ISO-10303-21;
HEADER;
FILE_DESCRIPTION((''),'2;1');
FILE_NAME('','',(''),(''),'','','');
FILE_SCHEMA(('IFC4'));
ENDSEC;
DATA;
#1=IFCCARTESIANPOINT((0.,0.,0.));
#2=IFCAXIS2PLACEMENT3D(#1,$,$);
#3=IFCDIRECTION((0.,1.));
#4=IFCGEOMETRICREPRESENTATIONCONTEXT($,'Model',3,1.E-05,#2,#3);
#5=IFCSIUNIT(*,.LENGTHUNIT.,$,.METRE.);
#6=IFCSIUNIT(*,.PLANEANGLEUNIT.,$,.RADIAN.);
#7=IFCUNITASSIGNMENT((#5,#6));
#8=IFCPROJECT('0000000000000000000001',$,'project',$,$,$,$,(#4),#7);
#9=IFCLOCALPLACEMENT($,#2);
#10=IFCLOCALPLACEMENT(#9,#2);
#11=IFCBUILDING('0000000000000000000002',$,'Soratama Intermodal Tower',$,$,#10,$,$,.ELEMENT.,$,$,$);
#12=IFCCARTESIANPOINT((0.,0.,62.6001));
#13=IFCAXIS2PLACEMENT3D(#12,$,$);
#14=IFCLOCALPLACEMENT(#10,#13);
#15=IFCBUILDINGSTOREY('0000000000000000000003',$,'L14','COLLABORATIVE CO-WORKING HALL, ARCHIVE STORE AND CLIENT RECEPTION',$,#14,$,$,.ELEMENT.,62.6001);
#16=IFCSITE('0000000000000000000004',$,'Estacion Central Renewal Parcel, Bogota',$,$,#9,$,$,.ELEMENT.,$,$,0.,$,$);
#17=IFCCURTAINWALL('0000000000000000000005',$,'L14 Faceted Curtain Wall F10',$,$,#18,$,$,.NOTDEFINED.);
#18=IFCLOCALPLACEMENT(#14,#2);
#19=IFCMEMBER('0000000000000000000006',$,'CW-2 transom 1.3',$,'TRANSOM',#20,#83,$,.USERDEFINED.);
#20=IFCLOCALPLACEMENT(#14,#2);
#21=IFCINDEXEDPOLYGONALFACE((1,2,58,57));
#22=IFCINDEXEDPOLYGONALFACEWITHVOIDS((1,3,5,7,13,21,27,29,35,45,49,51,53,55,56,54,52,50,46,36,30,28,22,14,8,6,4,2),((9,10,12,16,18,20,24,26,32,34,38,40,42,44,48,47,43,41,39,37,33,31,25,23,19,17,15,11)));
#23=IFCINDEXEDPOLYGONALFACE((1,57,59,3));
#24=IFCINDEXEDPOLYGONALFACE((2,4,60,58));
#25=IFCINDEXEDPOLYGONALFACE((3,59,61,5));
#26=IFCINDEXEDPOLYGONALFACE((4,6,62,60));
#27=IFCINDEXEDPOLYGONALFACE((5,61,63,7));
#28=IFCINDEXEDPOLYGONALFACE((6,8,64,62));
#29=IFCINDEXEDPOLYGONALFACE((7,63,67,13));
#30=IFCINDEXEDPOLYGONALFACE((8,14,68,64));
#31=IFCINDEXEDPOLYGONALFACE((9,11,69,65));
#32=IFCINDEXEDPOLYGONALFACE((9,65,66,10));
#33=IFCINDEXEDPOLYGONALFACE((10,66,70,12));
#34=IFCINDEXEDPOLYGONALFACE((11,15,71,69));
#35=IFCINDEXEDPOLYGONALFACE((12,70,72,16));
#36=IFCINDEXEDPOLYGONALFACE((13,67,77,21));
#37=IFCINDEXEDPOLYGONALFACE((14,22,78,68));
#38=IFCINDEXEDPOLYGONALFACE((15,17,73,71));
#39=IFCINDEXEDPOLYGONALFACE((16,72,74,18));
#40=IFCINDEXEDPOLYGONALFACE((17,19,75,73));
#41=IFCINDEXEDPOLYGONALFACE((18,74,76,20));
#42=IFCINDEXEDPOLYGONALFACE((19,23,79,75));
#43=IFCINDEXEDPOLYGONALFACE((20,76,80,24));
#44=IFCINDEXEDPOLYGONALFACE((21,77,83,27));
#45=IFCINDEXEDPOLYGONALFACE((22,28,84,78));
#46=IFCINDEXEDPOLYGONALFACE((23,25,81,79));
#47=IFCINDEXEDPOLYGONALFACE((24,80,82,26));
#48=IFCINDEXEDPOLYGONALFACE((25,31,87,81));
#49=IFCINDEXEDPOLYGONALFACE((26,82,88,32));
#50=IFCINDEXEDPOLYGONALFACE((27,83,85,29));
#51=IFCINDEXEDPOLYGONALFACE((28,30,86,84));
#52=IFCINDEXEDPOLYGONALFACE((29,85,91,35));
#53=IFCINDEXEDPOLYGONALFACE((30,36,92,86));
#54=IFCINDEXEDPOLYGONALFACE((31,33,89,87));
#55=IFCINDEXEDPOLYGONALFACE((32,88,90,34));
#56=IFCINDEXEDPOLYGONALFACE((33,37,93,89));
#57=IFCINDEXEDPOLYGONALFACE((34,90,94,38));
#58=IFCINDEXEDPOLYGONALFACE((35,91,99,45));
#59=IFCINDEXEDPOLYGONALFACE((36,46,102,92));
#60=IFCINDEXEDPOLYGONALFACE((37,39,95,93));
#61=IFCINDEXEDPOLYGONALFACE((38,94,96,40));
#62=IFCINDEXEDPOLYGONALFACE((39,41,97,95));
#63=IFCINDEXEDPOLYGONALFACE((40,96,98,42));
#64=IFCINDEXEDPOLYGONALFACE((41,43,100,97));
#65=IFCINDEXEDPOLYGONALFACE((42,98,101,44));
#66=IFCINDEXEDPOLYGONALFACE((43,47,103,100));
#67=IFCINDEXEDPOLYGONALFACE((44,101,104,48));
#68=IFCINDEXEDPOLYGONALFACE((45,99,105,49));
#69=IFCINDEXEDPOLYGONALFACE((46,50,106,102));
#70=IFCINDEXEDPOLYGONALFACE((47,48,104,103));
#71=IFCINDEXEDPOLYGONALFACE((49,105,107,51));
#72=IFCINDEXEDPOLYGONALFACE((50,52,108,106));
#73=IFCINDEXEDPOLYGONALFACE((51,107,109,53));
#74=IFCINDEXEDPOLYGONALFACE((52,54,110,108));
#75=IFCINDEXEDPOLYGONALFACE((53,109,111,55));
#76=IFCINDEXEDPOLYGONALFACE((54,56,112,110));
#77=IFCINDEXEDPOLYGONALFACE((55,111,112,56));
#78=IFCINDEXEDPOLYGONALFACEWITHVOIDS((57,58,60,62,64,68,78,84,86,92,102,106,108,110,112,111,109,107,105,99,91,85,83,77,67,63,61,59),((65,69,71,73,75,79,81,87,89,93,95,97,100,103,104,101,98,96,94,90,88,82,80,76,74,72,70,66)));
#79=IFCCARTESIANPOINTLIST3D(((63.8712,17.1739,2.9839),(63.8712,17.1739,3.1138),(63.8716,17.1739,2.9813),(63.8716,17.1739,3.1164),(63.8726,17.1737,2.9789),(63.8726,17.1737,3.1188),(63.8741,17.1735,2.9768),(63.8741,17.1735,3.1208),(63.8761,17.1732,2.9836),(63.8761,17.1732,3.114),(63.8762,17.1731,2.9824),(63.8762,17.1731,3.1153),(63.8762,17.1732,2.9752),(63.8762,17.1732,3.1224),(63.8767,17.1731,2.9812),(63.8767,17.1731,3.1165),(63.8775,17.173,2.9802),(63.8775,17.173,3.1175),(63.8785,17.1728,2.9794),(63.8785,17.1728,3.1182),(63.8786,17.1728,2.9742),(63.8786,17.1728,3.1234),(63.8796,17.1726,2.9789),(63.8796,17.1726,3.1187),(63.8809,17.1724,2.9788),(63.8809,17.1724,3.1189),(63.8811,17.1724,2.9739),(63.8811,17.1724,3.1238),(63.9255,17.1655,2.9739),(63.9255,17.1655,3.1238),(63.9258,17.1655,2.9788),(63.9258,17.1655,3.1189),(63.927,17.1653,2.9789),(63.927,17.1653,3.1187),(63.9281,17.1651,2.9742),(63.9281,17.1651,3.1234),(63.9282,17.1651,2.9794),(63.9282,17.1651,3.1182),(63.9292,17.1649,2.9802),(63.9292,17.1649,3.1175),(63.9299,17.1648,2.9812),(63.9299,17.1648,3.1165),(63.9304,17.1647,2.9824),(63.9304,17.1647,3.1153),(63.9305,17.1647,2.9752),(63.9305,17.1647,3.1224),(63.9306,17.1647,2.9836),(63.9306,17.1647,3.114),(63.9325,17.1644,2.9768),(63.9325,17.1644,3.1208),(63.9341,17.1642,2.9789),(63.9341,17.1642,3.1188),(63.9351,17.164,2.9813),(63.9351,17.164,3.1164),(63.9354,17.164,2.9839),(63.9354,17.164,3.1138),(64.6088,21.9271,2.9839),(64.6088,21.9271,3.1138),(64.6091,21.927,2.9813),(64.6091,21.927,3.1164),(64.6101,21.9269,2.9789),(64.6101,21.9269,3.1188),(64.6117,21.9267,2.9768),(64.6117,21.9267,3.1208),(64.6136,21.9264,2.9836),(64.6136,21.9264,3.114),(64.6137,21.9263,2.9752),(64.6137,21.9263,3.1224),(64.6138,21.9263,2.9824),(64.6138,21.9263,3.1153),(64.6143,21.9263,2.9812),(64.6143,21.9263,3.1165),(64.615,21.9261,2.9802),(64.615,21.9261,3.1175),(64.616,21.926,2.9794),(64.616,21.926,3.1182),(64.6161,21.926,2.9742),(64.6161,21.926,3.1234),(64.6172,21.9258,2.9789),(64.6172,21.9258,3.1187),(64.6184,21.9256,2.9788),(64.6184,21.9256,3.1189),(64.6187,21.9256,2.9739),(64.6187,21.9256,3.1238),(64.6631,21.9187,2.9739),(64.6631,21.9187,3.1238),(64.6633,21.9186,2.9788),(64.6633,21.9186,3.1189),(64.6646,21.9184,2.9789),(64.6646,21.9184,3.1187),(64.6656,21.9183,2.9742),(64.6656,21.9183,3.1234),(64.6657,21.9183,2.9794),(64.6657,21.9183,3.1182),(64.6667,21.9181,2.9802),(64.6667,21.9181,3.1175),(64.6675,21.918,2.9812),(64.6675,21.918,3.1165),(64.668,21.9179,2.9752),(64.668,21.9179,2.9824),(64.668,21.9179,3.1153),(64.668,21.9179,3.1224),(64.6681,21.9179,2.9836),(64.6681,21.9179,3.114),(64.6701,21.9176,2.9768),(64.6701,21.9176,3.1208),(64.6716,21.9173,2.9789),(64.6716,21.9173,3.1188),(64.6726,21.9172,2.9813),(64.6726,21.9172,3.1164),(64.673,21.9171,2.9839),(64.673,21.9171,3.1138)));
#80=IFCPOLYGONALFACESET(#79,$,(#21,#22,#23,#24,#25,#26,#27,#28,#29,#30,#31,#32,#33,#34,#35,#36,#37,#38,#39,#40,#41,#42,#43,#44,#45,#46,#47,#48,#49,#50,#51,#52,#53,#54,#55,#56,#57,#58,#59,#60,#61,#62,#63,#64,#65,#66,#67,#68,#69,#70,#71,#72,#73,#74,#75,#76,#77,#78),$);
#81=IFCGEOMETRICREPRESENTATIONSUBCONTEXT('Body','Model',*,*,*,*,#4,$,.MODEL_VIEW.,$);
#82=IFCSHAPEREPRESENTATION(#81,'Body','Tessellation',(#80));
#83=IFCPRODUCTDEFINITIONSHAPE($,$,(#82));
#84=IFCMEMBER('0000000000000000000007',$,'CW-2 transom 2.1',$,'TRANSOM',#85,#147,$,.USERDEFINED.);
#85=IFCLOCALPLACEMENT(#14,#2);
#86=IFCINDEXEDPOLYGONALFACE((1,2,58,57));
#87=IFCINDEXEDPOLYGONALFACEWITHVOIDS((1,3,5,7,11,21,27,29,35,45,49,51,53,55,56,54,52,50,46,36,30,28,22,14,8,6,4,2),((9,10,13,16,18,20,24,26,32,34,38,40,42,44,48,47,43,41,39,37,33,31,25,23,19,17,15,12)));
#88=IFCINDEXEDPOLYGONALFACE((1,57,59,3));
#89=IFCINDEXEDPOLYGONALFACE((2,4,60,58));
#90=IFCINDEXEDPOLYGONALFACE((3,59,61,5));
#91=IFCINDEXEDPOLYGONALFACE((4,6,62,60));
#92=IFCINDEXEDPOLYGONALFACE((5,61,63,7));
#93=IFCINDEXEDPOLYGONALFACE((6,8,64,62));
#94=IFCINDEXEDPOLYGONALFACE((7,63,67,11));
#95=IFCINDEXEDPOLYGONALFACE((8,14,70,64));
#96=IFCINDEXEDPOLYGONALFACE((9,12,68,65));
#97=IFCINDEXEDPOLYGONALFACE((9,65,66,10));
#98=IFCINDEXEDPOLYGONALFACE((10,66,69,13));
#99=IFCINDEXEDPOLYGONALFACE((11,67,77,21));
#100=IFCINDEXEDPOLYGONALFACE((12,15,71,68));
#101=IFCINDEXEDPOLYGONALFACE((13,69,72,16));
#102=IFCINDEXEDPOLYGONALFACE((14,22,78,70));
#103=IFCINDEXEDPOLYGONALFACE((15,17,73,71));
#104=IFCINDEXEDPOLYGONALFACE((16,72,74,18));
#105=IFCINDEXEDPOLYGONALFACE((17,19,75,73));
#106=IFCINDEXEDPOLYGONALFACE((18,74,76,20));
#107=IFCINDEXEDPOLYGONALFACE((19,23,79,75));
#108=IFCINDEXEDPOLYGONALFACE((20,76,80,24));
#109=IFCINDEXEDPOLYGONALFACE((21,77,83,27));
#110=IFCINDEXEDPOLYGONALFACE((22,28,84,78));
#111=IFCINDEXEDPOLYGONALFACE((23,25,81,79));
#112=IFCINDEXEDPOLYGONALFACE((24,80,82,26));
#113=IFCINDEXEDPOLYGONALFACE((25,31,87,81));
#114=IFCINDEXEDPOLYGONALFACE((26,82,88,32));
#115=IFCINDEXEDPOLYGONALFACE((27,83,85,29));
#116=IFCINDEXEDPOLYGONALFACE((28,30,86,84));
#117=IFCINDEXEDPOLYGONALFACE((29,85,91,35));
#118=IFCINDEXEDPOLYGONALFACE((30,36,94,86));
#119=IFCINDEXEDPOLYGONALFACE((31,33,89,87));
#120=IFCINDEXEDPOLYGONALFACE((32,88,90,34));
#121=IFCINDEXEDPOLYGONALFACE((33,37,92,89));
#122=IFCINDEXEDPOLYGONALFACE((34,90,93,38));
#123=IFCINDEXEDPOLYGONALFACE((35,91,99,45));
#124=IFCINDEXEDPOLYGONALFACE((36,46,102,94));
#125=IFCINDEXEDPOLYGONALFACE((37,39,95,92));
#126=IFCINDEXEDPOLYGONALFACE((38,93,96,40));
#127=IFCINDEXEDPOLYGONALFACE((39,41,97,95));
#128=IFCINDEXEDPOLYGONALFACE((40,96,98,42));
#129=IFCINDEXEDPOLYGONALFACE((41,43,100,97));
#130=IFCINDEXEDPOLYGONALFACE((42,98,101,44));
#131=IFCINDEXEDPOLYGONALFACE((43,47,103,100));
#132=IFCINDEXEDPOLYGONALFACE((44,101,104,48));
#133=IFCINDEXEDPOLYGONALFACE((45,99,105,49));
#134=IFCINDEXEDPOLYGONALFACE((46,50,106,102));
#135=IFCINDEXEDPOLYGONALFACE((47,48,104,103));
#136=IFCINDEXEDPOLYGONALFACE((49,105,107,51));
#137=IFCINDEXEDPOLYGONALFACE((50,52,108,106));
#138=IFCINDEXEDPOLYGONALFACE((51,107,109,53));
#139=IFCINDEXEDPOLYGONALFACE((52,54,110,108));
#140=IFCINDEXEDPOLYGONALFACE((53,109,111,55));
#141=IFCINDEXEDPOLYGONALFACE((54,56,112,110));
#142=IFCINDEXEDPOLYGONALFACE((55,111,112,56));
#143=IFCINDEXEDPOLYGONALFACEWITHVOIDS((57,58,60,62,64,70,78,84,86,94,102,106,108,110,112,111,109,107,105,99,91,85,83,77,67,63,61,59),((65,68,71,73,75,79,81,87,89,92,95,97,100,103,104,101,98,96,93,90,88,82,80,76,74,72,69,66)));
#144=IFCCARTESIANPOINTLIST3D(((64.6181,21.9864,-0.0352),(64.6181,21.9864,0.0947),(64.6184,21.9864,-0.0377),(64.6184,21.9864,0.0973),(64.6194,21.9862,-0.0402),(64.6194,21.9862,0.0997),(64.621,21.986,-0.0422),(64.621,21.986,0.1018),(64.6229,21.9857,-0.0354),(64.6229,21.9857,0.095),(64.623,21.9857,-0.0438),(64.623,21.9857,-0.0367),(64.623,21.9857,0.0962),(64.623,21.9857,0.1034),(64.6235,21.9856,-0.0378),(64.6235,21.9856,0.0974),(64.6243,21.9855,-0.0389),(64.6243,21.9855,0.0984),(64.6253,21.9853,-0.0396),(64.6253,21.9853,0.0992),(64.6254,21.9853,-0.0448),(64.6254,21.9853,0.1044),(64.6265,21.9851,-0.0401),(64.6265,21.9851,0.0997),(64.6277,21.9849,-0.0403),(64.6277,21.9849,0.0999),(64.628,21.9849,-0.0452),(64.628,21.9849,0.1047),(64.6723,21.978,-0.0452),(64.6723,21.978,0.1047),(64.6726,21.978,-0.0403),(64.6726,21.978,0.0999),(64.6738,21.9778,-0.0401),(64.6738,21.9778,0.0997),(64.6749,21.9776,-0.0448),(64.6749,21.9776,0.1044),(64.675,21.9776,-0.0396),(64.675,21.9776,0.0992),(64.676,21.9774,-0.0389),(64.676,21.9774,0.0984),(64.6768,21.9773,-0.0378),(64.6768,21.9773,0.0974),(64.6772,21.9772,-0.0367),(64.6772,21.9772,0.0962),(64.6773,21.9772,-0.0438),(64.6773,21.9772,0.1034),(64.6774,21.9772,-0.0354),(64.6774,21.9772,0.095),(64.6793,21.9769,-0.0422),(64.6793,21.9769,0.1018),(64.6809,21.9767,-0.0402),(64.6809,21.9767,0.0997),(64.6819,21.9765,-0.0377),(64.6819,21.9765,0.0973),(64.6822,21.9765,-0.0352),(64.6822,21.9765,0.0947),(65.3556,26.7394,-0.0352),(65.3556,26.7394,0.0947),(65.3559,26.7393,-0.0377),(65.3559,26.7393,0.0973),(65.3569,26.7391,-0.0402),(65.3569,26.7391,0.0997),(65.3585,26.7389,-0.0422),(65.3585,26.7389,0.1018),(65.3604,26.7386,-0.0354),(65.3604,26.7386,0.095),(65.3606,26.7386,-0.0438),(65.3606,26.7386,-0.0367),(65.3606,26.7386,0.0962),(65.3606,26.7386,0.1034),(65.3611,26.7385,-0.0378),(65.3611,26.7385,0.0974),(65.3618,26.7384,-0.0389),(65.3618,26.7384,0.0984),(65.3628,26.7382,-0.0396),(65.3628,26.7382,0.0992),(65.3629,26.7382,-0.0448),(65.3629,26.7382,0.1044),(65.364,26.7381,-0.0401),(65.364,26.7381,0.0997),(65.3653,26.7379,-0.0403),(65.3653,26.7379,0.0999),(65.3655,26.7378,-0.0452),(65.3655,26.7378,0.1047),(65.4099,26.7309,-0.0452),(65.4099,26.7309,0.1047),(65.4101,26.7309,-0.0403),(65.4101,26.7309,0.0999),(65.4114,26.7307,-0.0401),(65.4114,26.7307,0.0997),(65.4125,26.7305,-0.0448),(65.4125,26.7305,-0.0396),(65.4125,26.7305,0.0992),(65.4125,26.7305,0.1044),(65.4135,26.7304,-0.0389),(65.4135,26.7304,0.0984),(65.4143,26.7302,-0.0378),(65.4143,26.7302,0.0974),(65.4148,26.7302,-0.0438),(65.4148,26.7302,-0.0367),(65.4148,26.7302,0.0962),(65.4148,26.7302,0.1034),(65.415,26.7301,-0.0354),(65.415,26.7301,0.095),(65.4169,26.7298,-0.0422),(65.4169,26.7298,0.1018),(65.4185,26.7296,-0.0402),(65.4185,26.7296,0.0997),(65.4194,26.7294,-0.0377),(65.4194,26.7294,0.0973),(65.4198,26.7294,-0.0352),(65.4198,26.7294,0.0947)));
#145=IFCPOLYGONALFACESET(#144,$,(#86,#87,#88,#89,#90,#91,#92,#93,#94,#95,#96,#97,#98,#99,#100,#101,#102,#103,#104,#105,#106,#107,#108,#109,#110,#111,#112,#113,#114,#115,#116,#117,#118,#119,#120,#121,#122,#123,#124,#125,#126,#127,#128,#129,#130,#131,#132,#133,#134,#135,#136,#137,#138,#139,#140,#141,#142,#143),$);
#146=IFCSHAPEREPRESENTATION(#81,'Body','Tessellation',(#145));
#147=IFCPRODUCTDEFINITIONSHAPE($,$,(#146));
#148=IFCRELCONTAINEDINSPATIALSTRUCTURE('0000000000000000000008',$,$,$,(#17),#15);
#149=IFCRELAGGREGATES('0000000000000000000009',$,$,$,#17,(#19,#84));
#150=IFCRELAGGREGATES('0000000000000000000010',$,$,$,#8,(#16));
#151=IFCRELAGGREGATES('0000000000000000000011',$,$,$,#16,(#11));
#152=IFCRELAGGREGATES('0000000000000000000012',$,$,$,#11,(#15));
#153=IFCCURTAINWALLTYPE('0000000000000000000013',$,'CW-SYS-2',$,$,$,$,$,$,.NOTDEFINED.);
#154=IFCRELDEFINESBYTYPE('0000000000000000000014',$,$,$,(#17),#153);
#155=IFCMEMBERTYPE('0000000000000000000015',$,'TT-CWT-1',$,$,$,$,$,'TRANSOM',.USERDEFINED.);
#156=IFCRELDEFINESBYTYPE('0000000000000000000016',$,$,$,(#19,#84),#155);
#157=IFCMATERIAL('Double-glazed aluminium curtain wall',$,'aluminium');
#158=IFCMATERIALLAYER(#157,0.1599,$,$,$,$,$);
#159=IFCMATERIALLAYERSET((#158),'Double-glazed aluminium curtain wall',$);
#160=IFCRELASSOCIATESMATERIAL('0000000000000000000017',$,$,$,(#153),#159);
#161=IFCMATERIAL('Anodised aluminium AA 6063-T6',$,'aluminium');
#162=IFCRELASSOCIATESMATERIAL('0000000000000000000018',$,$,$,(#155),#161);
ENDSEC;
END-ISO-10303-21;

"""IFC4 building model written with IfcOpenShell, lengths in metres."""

from ifc_helpers import new_model, si_unit, direction, frame, origin, origin_2d, place, context, subcontext, project, spatial, hollow_rectangle, extrude, material, layer, layer_set, material_profile, profile_set, type_object, element, aggregate, save


model = new_model("IFC4")

# Units and contexts
model_context = context("Model", 3, precision=1e-05, world=origin(), true_north=direction((0.0, 1.0)))
body_context = subcontext(model_context, "Body", "Model", "MODEL_VIEW")
ifc_project = project(units=[si_unit("LENGTHUNIT", "METRE"), si_unit("PLANEANGLEUNIT", "RADIAN")], contexts=[model_context])

# Site, building, storey
site_placement = place(None, origin())
site = spatial("IfcSite", under=ifc_project, at=site_placement, Name="Estacion Central Renewal Parcel, Bogota", CompositionType="ELEMENT", RefElevation=0.0)
building_placement = place(site_placement, origin())
building = spatial("IfcBuilding", under=site, at=building_placement, Name="Soratama Intermodal Tower", CompositionType="ELEMENT")
storey_placement = place(building_placement, frame((0.0, 0.0, 62.6001)))
storey = spatial("IfcBuildingStorey", under=building, at=storey_placement, Name="L14", Description="COLLABORATIVE CO-WORKING HALL, ARCHIVE STORE AND CLIENT RECEPTION", CompositionType="ELEMENT", Elevation=62.6001)

# Shared definitions
ifc_material_1 = material(Name="Double-glazed aluminium curtain wall", Category="aluminium")
ifc_layer_1 = layer(ifc_material_1, 0.1599)
ifc_layer_set_1 = layer_set([ifc_layer_1], Name="Double-glazed aluminium curtain wall")
curtain_wall_type = type_object("IfcCurtainWallType", Name="CW-SYS-2", PredefinedType="NOTDEFINED", material=ifc_layer_set_1)

# Curtain wall, members
curtain_wall_1_placement = place(storey_placement, origin())
curtain_wall_1 = element("IfcCurtainWall", 1, at=curtain_wall_1_placement, inside=storey, type_object=curtain_wall_type, Name="L14 Faceted Curtain Wall F10", PredefinedType="NOTDEFINED")
ifc_material_2 = material(Name="Anodised aluminium AA 6063-T6", Category="aluminium")
ifc_material_profile_1 = material_profile(ifc_material_2, hollow_rectangle(XDim=0.0649, YDim=0.1499, WallThickness=0.0049, InnerFilletRadius=0.0049, OuterFilletRadius=0.01, at=origin_2d()), Name="CWT150X65X5")
ifc_profile_set_1 = profile_set([ifc_material_profile_1], Name="Anodised aluminium AA 6063-T6")
member_type_1 = type_object("IfcMemberType", Name="TT-CWT-1", ElementType="TRANSOM", PredefinedType="USERDEFINED", material=ifc_profile_set_1)
member_1_placement = place(storey_placement, frame((63.9033, 17.1689, 3.0488), z_axis=(0.153335, 0.988174, 0.0), x_axis=(-0.988174, 0.153335, 0.0)))
member_1 = element("IfcMember", 2, at=member_1_placement, type_object=member_type_1, Name="CW-2 transom 1.3", ObjectType="TRANSOM", PredefinedType="USERDEFINED", context=body_context, shape_type="SweptSolid", body=[
    extrude(hollow_rectangle(XDim=0.0649, YDim=0.1499, WallThickness=0.0049, InnerFilletRadius=0.0049, OuterFilletRadius=0.01, at=origin_2d()), origin(), (0.0, 0.0, 1.0), 4.8101),
])
member_2_placement = place(storey_placement, frame((64.6501, 21.9814, 0.0298), z_axis=(0.153342, 0.988173, 0.0), x_axis=(-0.988173, 0.153342, 0.0)))
member_2 = element("IfcMember", 3, at=member_2_placement, type_object=member_type_1, Name="CW-2 transom 2.1", ObjectType="TRANSOM", PredefinedType="USERDEFINED", context=body_context, shape_type="SweptSolid", body=[
    extrude(hollow_rectangle(XDim=0.0649, YDim=0.1499, WallThickness=0.0049, InnerFilletRadius=0.0049, OuterFilletRadius=0.01, at=origin_2d()), origin(), (0.0, 0.0, 1.0), 4.8098),
])
aggregate(curtain_wall_1, [member_1, member_2])

save(model, "model.ifc")
